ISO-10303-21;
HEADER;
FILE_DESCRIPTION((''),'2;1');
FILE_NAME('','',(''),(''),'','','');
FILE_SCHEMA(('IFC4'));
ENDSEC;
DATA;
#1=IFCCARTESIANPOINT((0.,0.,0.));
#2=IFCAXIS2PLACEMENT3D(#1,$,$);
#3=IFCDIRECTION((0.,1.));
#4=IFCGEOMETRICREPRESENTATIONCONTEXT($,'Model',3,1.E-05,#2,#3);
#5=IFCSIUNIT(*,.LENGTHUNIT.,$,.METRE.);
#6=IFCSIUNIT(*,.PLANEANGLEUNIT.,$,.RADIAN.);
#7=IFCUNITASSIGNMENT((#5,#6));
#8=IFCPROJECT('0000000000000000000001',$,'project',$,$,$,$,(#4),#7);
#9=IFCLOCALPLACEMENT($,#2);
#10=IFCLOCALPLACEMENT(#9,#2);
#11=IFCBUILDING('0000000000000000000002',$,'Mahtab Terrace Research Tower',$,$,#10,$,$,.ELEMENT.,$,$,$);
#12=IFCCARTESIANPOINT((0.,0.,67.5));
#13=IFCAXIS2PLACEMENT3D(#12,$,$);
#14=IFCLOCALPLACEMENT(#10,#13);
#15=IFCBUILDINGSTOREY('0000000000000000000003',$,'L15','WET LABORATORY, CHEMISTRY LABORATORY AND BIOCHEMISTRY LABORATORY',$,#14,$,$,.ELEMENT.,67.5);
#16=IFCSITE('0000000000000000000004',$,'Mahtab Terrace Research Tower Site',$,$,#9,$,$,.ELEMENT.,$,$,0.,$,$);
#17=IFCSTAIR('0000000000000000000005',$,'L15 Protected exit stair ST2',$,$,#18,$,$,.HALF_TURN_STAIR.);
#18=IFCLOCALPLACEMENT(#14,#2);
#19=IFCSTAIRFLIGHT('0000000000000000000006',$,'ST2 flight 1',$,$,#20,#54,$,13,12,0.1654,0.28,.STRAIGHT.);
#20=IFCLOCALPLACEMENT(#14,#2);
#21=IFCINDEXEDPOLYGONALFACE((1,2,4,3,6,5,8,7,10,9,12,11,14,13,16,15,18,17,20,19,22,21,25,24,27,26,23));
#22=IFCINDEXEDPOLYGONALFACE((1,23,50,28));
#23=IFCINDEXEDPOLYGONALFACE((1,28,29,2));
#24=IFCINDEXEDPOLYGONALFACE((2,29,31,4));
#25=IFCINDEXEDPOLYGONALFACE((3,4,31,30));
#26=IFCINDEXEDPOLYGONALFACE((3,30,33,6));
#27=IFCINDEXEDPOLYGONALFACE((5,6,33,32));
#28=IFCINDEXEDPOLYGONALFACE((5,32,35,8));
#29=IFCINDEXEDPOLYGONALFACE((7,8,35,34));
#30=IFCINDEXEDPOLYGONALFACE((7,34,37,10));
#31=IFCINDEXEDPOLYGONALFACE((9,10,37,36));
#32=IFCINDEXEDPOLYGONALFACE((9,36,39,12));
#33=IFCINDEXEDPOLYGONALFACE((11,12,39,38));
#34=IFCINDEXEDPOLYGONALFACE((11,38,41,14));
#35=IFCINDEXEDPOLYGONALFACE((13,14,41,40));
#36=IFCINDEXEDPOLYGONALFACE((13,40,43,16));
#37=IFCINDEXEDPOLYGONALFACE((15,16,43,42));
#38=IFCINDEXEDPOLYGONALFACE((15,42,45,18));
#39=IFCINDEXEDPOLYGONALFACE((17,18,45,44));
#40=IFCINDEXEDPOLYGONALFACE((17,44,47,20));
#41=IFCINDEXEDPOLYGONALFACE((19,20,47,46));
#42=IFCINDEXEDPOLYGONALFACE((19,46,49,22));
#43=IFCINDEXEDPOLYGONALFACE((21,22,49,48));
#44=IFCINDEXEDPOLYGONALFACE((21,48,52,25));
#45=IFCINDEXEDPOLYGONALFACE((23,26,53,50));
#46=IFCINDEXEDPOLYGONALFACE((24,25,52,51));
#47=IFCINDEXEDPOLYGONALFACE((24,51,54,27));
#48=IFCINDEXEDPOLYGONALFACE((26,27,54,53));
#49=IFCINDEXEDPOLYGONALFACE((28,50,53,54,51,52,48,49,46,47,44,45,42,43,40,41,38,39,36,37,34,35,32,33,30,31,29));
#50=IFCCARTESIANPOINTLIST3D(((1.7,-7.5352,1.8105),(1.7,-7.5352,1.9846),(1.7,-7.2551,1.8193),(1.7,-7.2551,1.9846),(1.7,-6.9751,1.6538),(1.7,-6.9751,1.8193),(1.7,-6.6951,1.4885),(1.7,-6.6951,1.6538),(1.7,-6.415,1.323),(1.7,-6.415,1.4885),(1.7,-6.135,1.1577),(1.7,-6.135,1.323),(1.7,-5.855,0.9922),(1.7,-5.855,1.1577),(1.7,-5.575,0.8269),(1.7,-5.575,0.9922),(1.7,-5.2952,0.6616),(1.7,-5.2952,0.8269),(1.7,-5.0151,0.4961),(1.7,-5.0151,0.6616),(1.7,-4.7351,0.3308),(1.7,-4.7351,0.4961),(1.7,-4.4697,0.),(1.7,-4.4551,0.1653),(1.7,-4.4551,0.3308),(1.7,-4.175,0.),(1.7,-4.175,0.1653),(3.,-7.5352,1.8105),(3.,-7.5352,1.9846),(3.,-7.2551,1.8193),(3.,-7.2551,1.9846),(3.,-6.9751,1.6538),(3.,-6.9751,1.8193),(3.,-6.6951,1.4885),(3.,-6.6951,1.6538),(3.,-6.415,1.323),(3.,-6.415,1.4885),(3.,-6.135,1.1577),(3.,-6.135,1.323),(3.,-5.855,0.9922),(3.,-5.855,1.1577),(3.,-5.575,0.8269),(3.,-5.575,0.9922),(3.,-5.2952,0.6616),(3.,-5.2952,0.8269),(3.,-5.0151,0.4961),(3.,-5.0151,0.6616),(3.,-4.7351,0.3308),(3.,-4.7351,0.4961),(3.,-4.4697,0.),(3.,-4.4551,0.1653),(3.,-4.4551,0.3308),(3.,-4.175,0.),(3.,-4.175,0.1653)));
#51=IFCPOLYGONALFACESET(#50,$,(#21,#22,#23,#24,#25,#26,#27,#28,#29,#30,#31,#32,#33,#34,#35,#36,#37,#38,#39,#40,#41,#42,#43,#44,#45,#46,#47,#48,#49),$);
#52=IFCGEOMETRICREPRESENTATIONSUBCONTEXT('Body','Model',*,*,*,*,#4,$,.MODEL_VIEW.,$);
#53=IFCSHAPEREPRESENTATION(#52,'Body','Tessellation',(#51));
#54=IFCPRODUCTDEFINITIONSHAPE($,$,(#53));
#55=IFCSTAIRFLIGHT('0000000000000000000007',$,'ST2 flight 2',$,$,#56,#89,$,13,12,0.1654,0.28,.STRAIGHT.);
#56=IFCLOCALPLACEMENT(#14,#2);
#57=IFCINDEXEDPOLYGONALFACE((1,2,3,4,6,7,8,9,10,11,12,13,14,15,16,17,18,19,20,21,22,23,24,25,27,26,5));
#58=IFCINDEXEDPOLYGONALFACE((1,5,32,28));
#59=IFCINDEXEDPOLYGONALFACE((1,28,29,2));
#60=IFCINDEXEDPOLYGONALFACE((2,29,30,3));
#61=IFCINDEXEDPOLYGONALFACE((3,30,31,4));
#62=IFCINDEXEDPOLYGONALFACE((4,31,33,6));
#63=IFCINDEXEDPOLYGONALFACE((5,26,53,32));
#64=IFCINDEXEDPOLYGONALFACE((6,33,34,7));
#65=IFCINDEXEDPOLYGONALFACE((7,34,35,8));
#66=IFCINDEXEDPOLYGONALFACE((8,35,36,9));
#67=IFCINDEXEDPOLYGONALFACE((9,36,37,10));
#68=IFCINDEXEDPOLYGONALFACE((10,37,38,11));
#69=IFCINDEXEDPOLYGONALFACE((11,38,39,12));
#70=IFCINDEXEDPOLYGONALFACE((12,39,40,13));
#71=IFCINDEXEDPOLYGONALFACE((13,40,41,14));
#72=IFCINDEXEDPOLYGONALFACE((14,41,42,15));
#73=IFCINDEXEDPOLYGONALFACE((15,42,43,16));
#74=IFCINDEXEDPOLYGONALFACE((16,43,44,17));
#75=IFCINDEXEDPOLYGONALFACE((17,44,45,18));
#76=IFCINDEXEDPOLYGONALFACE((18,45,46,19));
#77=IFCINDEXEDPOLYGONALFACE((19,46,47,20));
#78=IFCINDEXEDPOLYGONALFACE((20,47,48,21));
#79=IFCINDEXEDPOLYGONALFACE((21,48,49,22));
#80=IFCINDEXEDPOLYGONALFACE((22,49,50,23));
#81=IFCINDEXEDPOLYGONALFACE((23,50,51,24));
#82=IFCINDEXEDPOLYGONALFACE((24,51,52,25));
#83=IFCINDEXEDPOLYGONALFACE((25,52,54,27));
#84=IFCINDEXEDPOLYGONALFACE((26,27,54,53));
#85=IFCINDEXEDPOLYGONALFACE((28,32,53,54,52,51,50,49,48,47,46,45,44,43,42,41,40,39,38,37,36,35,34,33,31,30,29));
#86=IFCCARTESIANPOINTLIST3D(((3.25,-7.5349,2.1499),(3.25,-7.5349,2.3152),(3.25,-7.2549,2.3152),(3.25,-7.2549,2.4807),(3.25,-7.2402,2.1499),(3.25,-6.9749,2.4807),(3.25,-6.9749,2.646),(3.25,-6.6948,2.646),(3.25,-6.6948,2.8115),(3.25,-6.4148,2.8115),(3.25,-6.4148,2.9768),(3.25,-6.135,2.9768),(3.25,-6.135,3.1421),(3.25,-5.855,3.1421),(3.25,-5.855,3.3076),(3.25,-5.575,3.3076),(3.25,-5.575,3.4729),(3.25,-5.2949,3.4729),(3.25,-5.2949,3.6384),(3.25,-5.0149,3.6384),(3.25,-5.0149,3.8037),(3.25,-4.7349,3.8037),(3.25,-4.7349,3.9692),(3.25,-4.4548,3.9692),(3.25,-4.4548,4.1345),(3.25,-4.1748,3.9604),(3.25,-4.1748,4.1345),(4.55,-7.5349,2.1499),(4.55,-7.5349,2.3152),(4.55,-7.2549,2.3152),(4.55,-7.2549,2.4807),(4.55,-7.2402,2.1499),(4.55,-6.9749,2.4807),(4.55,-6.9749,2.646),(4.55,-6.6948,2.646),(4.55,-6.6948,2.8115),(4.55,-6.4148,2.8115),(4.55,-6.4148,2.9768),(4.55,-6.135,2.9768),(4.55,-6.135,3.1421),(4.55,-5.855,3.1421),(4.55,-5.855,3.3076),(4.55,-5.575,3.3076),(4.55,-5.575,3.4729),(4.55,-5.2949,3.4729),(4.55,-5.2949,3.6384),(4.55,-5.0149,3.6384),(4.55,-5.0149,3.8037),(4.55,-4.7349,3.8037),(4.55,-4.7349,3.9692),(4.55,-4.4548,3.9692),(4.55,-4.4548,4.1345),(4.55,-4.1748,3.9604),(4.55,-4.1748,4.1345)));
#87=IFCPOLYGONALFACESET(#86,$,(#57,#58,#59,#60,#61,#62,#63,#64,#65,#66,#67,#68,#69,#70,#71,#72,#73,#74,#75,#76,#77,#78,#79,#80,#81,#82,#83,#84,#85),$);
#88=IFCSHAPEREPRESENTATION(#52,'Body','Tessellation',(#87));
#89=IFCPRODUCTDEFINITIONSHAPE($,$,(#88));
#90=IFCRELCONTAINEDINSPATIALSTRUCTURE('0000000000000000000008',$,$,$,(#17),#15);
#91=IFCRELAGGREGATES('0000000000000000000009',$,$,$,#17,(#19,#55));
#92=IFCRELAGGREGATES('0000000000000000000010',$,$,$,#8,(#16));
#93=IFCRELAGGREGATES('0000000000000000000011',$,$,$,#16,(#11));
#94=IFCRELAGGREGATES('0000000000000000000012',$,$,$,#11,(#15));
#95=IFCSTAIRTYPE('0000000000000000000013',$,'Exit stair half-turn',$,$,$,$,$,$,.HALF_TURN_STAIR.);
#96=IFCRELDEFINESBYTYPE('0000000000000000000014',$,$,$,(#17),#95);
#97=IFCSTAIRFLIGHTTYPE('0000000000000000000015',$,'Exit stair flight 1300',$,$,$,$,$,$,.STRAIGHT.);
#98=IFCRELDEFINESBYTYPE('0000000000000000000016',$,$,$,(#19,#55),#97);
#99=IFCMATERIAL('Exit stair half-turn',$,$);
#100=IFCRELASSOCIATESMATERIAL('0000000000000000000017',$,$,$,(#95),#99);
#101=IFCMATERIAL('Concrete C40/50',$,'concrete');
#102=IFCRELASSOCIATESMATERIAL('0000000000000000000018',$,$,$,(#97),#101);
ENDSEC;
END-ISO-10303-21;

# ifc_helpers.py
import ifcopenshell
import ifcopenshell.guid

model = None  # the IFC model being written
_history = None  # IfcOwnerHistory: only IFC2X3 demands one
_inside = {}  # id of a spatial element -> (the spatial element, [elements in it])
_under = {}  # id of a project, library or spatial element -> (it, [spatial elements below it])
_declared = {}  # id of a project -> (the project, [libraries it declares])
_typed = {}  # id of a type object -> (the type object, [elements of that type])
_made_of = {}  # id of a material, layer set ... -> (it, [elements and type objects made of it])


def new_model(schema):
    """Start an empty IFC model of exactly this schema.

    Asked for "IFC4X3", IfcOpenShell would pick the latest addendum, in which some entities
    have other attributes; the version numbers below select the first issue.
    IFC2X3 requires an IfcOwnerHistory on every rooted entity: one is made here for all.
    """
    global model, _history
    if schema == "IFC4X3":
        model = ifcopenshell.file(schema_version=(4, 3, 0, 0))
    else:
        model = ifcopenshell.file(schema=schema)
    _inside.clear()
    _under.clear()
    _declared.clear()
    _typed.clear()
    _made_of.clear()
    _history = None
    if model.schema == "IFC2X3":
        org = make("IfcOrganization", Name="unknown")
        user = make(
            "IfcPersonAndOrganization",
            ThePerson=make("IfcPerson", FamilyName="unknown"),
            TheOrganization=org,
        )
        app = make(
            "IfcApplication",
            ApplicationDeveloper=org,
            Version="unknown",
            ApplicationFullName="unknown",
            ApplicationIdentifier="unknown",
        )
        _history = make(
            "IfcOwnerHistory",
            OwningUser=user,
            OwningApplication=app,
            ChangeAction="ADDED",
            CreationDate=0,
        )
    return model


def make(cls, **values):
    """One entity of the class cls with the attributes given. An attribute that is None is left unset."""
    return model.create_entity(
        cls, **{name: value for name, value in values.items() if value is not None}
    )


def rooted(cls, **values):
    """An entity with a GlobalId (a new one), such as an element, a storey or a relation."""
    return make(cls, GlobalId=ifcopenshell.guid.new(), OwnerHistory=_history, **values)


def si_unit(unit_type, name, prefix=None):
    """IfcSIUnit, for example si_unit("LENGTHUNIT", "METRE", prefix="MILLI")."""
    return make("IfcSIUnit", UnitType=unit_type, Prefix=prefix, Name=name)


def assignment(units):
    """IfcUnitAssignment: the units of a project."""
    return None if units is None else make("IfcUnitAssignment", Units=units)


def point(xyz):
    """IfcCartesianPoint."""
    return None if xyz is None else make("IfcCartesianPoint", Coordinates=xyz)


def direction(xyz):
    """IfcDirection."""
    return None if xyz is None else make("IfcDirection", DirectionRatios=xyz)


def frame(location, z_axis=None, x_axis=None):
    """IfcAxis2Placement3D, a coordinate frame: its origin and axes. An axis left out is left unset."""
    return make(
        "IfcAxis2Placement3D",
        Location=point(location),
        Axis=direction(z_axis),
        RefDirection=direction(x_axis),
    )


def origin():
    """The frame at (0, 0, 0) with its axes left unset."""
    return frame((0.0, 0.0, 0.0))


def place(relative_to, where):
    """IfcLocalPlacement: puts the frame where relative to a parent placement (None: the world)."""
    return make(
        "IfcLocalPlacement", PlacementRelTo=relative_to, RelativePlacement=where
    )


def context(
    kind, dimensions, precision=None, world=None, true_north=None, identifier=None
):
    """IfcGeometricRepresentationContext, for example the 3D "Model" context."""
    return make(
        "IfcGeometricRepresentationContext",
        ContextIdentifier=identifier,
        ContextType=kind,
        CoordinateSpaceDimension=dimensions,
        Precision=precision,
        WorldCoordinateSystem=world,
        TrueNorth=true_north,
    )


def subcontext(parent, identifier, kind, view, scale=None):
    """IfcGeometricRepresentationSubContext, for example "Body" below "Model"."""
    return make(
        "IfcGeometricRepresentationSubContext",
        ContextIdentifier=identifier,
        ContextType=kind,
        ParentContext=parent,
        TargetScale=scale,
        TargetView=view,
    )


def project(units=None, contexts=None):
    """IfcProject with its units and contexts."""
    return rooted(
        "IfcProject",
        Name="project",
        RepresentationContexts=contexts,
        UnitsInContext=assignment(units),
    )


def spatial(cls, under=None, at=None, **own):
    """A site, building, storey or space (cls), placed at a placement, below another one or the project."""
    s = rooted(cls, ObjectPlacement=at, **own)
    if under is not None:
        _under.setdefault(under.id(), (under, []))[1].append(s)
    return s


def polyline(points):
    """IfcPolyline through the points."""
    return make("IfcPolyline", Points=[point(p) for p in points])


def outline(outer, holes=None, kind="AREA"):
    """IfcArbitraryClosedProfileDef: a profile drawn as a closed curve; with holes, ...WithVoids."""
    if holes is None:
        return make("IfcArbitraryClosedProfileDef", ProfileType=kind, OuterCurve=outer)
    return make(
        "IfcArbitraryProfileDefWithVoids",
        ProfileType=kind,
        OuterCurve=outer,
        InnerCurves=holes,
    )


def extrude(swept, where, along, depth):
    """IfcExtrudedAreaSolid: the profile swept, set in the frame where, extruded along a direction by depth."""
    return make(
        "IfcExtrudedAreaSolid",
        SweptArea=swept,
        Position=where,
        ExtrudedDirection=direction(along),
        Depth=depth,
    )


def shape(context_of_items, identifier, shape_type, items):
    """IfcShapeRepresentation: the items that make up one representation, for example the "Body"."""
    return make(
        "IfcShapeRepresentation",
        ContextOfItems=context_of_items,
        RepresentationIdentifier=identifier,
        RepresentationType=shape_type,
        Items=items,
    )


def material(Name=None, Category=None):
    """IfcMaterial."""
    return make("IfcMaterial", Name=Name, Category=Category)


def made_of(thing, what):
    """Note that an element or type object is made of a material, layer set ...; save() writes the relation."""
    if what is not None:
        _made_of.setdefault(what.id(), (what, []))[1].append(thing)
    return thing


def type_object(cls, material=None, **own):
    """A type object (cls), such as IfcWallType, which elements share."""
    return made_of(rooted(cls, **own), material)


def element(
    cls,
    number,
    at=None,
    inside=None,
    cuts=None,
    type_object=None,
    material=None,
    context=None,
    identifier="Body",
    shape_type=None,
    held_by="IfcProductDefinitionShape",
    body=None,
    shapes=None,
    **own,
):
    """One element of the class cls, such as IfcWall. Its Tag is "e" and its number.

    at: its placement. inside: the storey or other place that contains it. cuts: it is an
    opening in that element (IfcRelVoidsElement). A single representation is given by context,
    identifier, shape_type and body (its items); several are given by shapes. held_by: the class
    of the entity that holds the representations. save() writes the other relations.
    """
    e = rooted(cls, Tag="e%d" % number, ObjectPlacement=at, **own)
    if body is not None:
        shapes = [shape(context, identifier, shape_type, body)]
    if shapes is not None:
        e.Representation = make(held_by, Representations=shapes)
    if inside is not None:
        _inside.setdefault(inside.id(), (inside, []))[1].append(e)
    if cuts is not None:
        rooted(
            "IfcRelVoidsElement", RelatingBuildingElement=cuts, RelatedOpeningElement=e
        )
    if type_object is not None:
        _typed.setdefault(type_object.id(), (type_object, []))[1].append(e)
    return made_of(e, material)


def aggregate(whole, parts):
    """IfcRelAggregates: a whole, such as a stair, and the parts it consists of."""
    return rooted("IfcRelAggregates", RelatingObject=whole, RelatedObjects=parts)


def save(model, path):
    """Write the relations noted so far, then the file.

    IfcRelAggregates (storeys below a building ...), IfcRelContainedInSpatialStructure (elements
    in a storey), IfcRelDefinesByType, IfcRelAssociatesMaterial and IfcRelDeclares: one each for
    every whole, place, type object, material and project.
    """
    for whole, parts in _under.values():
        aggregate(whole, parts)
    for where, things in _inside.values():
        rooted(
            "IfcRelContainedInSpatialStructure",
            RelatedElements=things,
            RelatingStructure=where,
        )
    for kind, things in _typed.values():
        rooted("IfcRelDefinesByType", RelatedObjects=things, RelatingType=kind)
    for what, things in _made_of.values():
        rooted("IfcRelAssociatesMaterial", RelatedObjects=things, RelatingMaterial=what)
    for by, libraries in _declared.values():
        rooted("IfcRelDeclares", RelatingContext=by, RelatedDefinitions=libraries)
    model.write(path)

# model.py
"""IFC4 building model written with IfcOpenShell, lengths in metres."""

from ifc_helpers import new_model, si_unit, direction, frame, origin, place, context, subcontext, project, spatial, polyline, outline, extrude, material, type_object, element, aggregate, save


model = new_model("IFC4")

# Units and contexts
model_context = context("Model", 3, precision=1e-05, world=origin(), true_north=direction((0.0, 1.0)))
body_context = subcontext(model_context, "Body", "Model", "MODEL_VIEW")
ifc_project = project(units=[si_unit("LENGTHUNIT", "METRE"), si_unit("PLANEANGLEUNIT", "RADIAN")], contexts=[model_context])

# Site, building, storey
site_placement = place(None, origin())
site = spatial("IfcSite", under=ifc_project, at=site_placement, Name="Mahtab Terrace Research Tower Site", CompositionType="ELEMENT", RefElevation=0.0)
building_placement = place(site_placement, origin())
building = spatial("IfcBuilding", under=site, at=building_placement, Name="Mahtab Terrace Research Tower", CompositionType="ELEMENT")
storey_placement = place(building_placement, frame((0.0, 0.0, 67.5)))
storey = spatial("IfcBuildingStorey", under=building, at=storey_placement, Name="L15", Description="WET LABORATORY, CHEMISTRY LABORATORY AND BIOCHEMISTRY LABORATORY", CompositionType="ELEMENT", Elevation=67.5)

# Shared definitions
ifc_material_1 = material(Name="Concrete C40/50", Category="concrete")

# Stair, stair flights
ifc_material_2 = material(Name="Exit stair half-turn")
stair_type = type_object("IfcStairType", Name="Exit stair half-turn", PredefinedType="HALF_TURN_STAIR", material=ifc_material_2)
stair_placement = place(storey_placement, origin())
stair = element("IfcStair", 1, at=stair_placement, inside=storey, type_object=stair_type, Name="L15 Protected exit stair ST2", PredefinedType="HALF_TURN_STAIR")
stair_flight_type = type_object("IfcStairFlightType", Name="Exit stair flight 1300", PredefinedType="STRAIGHT", material=ifc_material_1)
stair_flight_1_placement = place(storey_placement, frame((2.3501, -4.175, 0.0), z_axis=(0.0, 0.0, 1.0), x_axis=(0.0, -1.0, 0.0)))
stair_flight_1 = element("IfcStairFlight", 2, at=stair_flight_1_placement, type_object=stair_flight_type, Name="ST2 flight 1", NumberOfRisers=13, NumberOfTreads=12, PredefinedType="STRAIGHT", RiserHeight=0.1654, TreadLength=0.28, context=body_context, shape_type="SweptSolid", body=[
    extrude(outline(polyline([(0.0, 0.0), (0.0, 0.1653), (0.28, 0.1653), (0.28, 0.3308), (0.5601, 0.3308), (0.5601, 0.4961), (0.8401, 0.4961), (0.8401, 0.6616), (1.1201, 0.6616), (1.1201, 0.8269), (1.3999, 0.8269), (1.3999, 0.9922), (1.6799, 0.9922), (1.6799, 1.1577), (1.96, 1.1577), (1.96, 1.323), (2.24, 1.323), (2.24, 1.4885), (2.52, 1.4885), (2.52, 1.6538), (2.8, 1.6538), (2.8, 1.8193), (3.0801, 1.8193), (3.0801, 1.9846), (3.3601, 1.9846), (3.3601, 2.1499), (3.3601, 1.8105), (0.2947, 0.0), (0.0, 0.0)])), frame((0.0, 0.6499, 0.0), z_axis=(0.0, -1.0, 0.0), x_axis=(1.0, 0.0, 0.0)), (0.0, 0.0, 1.0), 1.3),
])
stair_flight_2_placement = place(storey_placement, frame((3.8999, -7.5349, 2.1499), z_axis=(0.0, 0.0, 1.0), x_axis=(0.0, 1.0, 0.0)))
stair_flight_2 = element("IfcStairFlight", 3, at=stair_flight_2_placement, type_object=stair_flight_type, Name="ST2 flight 2", NumberOfRisers=13, NumberOfTreads=12, PredefinedType="STRAIGHT", RiserHeight=0.1654, TreadLength=0.28, context=body_context, shape_type="SweptSolid", body=[
    extrude(outline(polyline([(0.0, 0.0), (0.0, 0.1653), (0.28, 0.1653), (0.28, 0.3308), (0.5601, 0.3308), (0.5601, 0.4961), (0.8401, 0.4961), (0.8401, 0.6616), (1.1201, 0.6616), (1.1201, 0.8269), (1.3999, 0.8269), (1.3999, 0.9922), (1.6799, 0.9922), (1.6799, 1.1577), (1.96, 1.1577), (1.96, 1.323), (2.24, 1.323), (2.24, 1.4885), (2.52, 1.4885), (2.52, 1.6538), (2.8, 1.6538), (2.8, 1.8193), (3.0801, 1.8193), (3.0801, 1.9846), (3.3601, 1.9846), (3.3601, 2.1499), (3.3601, 1.8105), (0.2947, 0.0), (0.0, 0.0)])), frame((0.0, 0.6499, 0.0), z_axis=(0.0, -1.0, 0.0), x_axis=(1.0, 0.0, 0.0)), (0.0, 0.0, 1.0), 1.3),
])
aggregate(stair, [stair_flight_1, stair_flight_2])

save(model, "model.ifc")
